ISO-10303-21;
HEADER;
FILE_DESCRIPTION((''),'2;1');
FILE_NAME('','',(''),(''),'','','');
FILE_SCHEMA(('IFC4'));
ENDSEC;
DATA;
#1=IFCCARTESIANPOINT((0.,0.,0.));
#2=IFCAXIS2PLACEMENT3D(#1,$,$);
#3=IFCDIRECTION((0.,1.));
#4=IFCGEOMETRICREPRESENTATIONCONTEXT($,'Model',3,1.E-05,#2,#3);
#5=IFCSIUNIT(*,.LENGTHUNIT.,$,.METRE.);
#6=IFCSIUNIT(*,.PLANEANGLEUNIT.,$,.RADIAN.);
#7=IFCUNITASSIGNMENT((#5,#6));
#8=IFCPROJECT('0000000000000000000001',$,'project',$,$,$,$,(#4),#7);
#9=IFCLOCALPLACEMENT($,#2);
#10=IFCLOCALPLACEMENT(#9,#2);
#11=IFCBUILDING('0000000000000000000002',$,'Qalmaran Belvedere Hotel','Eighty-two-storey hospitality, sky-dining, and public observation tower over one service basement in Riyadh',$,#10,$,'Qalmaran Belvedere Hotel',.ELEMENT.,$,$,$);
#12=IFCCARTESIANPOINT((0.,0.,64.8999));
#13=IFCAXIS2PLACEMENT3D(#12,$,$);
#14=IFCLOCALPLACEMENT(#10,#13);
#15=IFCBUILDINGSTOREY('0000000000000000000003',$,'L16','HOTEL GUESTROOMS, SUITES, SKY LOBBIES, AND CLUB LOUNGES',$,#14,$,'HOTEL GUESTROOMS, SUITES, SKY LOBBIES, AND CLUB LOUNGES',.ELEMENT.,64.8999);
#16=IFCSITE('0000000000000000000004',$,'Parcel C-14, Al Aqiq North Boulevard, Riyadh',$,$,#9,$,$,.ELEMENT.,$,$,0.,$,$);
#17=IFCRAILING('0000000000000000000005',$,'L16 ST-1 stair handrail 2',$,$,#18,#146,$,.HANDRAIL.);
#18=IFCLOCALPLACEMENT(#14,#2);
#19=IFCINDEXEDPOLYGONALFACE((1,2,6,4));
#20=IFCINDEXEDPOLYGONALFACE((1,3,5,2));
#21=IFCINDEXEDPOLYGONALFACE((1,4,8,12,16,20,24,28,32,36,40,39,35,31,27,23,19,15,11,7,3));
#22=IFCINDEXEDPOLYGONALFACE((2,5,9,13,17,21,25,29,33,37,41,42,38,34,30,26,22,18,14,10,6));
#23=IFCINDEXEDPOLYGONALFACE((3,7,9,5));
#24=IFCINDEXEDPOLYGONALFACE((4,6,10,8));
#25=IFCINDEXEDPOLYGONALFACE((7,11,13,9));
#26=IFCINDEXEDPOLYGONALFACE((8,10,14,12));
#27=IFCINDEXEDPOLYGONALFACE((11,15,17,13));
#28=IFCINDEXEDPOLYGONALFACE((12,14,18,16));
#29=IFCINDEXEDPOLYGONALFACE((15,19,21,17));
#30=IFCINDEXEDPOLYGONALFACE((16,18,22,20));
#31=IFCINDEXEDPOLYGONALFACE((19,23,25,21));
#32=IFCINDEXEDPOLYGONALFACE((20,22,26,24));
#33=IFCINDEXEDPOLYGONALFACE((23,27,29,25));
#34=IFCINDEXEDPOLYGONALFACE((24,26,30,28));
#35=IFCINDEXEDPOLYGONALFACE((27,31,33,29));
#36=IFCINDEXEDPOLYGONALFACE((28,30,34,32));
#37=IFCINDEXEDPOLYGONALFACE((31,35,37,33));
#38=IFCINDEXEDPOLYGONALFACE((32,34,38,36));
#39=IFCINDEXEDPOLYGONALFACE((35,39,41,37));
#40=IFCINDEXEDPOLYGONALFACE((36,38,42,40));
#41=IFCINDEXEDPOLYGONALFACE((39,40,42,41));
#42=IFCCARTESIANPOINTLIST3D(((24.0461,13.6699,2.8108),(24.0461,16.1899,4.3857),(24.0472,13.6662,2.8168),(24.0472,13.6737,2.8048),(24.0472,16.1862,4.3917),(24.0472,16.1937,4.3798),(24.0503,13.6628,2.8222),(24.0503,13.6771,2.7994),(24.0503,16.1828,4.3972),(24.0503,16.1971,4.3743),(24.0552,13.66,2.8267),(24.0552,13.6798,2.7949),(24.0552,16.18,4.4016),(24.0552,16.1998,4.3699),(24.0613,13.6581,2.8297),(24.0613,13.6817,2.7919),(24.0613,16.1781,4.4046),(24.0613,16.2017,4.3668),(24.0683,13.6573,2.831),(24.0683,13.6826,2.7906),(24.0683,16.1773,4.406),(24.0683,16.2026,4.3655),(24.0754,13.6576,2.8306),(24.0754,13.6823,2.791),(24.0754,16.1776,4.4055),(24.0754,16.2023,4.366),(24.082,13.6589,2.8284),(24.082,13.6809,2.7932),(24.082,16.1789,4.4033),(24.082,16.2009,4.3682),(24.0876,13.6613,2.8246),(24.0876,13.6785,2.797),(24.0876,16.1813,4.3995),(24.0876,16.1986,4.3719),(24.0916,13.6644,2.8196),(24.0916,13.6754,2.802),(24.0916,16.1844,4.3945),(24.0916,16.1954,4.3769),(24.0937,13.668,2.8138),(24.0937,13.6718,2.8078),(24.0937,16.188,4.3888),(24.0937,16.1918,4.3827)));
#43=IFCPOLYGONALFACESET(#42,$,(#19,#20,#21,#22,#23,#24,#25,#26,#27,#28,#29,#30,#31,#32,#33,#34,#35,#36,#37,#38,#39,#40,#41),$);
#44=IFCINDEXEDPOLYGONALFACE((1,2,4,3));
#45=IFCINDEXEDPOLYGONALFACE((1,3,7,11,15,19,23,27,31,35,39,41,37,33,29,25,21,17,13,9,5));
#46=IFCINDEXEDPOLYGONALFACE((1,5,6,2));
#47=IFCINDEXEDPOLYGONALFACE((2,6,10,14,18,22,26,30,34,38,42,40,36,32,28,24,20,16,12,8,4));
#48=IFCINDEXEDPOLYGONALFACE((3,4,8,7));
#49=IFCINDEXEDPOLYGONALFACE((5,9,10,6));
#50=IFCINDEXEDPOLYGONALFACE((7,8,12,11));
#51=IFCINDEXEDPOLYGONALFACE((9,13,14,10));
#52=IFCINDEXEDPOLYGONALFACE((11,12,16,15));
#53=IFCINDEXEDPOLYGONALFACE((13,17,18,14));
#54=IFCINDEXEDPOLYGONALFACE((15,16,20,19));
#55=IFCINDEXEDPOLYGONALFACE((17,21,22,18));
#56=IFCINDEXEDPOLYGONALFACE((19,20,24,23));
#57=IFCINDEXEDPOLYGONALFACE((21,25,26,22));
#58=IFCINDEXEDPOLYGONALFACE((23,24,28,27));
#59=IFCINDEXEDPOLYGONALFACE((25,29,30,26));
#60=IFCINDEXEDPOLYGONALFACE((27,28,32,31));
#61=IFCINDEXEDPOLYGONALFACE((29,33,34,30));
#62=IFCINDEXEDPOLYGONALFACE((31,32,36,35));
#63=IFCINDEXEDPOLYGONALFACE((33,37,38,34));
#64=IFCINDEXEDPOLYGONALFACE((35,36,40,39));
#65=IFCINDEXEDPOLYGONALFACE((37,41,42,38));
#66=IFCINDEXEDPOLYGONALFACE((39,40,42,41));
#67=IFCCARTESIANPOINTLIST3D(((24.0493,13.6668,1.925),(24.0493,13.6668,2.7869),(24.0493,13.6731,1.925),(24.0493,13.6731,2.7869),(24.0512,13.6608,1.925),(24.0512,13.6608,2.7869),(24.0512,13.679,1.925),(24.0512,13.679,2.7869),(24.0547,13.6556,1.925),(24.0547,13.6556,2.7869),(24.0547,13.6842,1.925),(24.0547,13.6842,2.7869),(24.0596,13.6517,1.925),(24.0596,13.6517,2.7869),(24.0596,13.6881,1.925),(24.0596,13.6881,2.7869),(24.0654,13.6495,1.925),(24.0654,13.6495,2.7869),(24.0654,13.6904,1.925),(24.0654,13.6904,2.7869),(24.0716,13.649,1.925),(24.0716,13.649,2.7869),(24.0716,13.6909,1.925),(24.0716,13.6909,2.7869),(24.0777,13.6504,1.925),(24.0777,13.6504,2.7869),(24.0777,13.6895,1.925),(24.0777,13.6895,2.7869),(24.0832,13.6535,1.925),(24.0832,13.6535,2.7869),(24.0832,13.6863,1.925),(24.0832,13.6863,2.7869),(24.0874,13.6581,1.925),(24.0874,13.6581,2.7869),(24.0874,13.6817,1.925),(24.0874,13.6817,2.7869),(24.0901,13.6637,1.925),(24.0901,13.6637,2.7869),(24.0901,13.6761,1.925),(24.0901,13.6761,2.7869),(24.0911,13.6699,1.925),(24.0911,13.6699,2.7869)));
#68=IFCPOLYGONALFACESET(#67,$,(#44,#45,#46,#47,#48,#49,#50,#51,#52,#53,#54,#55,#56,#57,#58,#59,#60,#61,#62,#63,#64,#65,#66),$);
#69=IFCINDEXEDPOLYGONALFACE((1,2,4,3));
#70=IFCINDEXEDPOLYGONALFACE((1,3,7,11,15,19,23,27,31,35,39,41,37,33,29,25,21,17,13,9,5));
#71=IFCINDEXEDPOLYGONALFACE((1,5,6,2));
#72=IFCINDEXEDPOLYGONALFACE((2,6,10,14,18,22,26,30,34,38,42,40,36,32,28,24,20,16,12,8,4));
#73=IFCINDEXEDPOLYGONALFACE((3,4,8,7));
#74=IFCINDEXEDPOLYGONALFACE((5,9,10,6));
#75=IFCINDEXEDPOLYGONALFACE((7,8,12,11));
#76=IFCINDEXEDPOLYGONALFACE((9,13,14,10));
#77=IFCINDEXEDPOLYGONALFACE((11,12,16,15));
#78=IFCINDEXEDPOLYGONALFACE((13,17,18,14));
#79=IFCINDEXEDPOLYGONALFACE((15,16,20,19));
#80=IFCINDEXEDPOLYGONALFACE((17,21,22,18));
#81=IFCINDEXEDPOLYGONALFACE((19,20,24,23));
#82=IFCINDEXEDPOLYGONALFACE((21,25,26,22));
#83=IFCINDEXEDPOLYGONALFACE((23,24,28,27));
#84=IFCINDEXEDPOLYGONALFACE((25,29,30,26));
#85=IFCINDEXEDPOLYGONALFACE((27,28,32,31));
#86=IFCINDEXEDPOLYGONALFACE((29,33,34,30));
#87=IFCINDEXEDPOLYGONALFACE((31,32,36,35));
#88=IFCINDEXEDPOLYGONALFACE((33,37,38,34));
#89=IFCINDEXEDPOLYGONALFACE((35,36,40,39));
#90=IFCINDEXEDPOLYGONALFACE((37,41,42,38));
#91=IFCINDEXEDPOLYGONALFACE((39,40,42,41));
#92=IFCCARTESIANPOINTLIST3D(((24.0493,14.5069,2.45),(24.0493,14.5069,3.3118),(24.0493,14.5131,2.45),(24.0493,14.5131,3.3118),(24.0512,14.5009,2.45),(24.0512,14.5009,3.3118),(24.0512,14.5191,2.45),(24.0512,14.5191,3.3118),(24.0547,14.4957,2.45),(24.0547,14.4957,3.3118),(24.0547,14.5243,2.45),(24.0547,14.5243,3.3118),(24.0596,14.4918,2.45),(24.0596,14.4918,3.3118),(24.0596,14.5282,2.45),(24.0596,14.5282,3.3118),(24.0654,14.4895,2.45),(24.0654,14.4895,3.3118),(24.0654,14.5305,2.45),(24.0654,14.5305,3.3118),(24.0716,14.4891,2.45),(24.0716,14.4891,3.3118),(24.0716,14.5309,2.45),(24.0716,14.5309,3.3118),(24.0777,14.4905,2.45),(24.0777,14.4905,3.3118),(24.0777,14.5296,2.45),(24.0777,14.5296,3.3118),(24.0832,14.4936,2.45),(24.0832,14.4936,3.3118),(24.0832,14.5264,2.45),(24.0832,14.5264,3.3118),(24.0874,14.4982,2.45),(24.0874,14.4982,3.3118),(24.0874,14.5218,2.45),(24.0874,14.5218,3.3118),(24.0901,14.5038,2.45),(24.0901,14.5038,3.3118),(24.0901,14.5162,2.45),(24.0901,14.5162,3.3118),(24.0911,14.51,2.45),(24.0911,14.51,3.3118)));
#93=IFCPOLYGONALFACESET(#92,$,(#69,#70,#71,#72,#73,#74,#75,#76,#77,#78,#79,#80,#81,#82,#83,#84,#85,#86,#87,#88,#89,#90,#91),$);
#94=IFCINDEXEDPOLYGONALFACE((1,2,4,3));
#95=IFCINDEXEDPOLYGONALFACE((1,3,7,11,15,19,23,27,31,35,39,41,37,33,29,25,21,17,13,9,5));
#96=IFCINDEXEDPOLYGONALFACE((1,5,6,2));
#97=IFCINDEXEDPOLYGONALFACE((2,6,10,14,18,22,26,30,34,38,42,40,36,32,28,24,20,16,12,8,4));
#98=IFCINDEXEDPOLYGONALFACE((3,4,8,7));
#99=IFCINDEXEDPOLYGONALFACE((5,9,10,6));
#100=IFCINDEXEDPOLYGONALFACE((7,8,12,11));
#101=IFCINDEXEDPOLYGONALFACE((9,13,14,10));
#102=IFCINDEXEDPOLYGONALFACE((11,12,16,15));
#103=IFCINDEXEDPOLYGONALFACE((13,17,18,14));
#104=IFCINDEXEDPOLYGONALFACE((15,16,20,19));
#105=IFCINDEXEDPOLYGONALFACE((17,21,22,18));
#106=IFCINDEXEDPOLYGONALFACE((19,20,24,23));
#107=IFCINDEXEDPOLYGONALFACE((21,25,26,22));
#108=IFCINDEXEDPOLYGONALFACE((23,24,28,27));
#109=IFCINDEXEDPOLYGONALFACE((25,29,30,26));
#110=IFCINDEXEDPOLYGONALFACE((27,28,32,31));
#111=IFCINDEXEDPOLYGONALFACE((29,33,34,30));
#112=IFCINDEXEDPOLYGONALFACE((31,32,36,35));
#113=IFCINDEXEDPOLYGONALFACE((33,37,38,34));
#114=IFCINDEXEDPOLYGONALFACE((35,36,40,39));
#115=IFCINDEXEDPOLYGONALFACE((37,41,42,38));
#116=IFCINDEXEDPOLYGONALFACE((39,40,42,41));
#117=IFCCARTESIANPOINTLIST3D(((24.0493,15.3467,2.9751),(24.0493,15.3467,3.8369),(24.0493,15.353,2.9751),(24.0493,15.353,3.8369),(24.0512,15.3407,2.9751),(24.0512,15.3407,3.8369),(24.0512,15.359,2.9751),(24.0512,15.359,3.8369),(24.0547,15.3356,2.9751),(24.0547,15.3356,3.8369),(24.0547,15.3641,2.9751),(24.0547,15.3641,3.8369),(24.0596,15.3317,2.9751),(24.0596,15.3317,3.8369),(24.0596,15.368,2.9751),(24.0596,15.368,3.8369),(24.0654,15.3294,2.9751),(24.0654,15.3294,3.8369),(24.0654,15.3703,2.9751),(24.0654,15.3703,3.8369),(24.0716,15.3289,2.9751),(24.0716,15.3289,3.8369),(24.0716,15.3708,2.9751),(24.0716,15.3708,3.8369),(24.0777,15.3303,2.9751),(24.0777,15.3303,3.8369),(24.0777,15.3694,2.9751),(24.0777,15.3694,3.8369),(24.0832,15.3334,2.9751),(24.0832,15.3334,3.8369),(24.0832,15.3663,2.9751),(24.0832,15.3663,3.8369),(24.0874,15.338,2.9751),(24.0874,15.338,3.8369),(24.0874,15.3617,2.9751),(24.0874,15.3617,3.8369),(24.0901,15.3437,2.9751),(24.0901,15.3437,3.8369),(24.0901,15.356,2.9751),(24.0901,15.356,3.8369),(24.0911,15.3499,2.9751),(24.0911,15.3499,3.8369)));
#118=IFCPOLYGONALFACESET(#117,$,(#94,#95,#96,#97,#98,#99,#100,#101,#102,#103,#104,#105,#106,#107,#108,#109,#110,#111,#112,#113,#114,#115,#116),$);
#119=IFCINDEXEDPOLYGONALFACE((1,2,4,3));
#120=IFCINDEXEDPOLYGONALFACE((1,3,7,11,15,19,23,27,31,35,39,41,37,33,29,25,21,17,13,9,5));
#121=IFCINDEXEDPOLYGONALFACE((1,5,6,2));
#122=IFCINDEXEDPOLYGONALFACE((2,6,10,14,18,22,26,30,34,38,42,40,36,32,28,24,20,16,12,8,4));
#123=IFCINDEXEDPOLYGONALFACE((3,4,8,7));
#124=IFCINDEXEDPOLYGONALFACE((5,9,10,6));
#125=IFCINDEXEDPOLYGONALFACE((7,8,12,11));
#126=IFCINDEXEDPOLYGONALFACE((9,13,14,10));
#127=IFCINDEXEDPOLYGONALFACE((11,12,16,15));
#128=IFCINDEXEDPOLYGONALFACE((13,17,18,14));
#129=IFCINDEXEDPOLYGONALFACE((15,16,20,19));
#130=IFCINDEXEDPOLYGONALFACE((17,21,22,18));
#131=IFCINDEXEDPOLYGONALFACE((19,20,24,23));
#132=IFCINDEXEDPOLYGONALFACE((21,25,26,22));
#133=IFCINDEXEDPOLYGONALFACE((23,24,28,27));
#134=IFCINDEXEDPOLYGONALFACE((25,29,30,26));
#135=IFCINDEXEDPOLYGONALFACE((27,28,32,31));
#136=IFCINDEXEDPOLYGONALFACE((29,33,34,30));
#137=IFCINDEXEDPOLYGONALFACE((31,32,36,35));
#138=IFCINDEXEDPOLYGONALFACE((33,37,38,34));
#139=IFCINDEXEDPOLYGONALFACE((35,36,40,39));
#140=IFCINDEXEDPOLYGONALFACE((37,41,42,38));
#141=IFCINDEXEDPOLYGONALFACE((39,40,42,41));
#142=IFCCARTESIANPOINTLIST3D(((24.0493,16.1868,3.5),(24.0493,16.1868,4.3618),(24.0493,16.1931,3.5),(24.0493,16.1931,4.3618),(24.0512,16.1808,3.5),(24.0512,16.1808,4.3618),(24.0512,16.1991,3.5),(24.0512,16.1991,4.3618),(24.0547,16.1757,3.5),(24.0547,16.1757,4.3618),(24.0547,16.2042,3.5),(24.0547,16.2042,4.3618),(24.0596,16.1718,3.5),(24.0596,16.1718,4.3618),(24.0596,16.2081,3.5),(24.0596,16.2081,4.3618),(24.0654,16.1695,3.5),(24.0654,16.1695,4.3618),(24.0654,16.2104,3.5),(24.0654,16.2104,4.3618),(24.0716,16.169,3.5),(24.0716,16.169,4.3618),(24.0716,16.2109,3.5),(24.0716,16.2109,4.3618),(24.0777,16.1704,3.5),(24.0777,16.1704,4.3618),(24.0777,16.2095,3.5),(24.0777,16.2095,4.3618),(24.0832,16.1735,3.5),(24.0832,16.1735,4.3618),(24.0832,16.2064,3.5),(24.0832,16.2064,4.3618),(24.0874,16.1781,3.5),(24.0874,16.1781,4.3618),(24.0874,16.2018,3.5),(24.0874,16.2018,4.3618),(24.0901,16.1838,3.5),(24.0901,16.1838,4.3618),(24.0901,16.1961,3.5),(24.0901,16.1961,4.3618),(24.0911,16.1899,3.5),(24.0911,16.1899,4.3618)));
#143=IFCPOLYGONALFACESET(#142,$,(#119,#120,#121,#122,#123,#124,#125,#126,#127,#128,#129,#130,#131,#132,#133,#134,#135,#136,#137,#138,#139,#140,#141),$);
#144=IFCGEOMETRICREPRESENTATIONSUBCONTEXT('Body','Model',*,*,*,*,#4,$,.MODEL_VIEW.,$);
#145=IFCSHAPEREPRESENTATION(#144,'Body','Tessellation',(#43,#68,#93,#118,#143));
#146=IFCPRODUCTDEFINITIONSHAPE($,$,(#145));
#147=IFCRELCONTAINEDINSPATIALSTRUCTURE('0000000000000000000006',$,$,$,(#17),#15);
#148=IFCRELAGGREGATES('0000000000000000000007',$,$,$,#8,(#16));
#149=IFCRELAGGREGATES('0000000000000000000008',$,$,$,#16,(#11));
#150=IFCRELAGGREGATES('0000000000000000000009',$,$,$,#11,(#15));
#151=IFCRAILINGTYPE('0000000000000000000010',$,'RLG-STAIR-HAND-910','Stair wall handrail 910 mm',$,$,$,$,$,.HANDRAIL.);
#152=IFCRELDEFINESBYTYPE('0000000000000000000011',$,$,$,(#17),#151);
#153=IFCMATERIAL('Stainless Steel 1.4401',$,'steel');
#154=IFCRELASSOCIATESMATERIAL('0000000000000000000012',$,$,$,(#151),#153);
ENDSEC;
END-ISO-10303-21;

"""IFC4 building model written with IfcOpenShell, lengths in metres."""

from ifc_helpers import new_model, si_unit, direction, frame, origin, origin_2d, place, context, subcontext, project, spatial, circle, extrude, material, type_object, element, save


model = new_model("IFC4")

# Units and contexts
model_context = context("Model", 3, precision=1e-05, world=origin(), true_north=direction((0.0, 1.0)))
body_context = subcontext(model_context, "Body", "Model", "MODEL_VIEW")
ifc_project = project(units=[si_unit("LENGTHUNIT", "METRE"), si_unit("PLANEANGLEUNIT", "RADIAN")], contexts=[model_context])

# Site, building, storey
site_placement = place(None, origin())
site = spatial("IfcSite", under=ifc_project, at=site_placement, Name="Parcel C-14, Al Aqiq North Boulevard, Riyadh", CompositionType="ELEMENT", RefElevation=0.0)
building_placement = place(site_placement, origin())
building = spatial("IfcBuilding", under=site, at=building_placement, Name="Qalmaran Belvedere Hotel", Description="Eighty-two-storey hospitality, sky-dining, and public observation tower over one service basement in Riyadh", LongName="Qalmaran Belvedere Hotel", CompositionType="ELEMENT")
storey_placement = place(building_placement, frame((0.0, 0.0, 64.8999)))
storey = spatial("IfcBuildingStorey", under=building, at=storey_placement, Name="L16", Description="HOTEL GUESTROOMS, SUITES, SKY LOBBIES, AND CLUB LOUNGES", LongName="HOTEL GUESTROOMS, SUITES, SKY LOBBIES, AND CLUB LOUNGES", CompositionType="ELEMENT", Elevation=64.8999)

# Railing
ifc_material_1 = material(Name="Stainless Steel 1.4401", Category="steel")
railing_type_1 = type_object("IfcRailingType", Name="RLG-STAIR-HAND-910", Description="Stair wall handrail 910 mm", PredefinedType="HANDRAIL", material=ifc_material_1)
railing_1_placement = place(storey_placement, frame((24.0701, 13.6699, 1.925)))
element("IfcRailing", 1, at=railing_1_placement, inside=storey, type_object=railing_type_1, Name="L16 ST-1 stair handrail 2", PredefinedType="HANDRAIL", context=body_context, shape_type="SweptSolid", body=[
    extrude(circle(Radius=0.0239, at=origin_2d()), frame((0.0, 0.0, 0.8857), z_axis=(0.0, 0.848008, 0.529984), x_axis=(-1.0, 0.0, 0.0)), (0.0, 0.0, 1.0), 2.9717),
    extrude(circle(Radius=0.021, at=origin_2d()), origin(), (0.0, 0.0, 1.0), 0.8618),
    extrude(circle(Radius=0.021, at=origin_2d()), frame((0.0, 0.8401, 0.5249)), (0.0, 0.0, 1.0), 0.8618),
    extrude(circle(Radius=0.021, at=origin_2d()), frame((0.0, 1.6799, 1.05)), (0.0, 0.0, 1.0), 0.8618),
    extrude(circle(Radius=0.021, at=origin_2d()), frame((0.0, 2.52, 1.575)), (0.0, 0.0, 1.0), 0.8618),
])

save(model, "model.ifc")
